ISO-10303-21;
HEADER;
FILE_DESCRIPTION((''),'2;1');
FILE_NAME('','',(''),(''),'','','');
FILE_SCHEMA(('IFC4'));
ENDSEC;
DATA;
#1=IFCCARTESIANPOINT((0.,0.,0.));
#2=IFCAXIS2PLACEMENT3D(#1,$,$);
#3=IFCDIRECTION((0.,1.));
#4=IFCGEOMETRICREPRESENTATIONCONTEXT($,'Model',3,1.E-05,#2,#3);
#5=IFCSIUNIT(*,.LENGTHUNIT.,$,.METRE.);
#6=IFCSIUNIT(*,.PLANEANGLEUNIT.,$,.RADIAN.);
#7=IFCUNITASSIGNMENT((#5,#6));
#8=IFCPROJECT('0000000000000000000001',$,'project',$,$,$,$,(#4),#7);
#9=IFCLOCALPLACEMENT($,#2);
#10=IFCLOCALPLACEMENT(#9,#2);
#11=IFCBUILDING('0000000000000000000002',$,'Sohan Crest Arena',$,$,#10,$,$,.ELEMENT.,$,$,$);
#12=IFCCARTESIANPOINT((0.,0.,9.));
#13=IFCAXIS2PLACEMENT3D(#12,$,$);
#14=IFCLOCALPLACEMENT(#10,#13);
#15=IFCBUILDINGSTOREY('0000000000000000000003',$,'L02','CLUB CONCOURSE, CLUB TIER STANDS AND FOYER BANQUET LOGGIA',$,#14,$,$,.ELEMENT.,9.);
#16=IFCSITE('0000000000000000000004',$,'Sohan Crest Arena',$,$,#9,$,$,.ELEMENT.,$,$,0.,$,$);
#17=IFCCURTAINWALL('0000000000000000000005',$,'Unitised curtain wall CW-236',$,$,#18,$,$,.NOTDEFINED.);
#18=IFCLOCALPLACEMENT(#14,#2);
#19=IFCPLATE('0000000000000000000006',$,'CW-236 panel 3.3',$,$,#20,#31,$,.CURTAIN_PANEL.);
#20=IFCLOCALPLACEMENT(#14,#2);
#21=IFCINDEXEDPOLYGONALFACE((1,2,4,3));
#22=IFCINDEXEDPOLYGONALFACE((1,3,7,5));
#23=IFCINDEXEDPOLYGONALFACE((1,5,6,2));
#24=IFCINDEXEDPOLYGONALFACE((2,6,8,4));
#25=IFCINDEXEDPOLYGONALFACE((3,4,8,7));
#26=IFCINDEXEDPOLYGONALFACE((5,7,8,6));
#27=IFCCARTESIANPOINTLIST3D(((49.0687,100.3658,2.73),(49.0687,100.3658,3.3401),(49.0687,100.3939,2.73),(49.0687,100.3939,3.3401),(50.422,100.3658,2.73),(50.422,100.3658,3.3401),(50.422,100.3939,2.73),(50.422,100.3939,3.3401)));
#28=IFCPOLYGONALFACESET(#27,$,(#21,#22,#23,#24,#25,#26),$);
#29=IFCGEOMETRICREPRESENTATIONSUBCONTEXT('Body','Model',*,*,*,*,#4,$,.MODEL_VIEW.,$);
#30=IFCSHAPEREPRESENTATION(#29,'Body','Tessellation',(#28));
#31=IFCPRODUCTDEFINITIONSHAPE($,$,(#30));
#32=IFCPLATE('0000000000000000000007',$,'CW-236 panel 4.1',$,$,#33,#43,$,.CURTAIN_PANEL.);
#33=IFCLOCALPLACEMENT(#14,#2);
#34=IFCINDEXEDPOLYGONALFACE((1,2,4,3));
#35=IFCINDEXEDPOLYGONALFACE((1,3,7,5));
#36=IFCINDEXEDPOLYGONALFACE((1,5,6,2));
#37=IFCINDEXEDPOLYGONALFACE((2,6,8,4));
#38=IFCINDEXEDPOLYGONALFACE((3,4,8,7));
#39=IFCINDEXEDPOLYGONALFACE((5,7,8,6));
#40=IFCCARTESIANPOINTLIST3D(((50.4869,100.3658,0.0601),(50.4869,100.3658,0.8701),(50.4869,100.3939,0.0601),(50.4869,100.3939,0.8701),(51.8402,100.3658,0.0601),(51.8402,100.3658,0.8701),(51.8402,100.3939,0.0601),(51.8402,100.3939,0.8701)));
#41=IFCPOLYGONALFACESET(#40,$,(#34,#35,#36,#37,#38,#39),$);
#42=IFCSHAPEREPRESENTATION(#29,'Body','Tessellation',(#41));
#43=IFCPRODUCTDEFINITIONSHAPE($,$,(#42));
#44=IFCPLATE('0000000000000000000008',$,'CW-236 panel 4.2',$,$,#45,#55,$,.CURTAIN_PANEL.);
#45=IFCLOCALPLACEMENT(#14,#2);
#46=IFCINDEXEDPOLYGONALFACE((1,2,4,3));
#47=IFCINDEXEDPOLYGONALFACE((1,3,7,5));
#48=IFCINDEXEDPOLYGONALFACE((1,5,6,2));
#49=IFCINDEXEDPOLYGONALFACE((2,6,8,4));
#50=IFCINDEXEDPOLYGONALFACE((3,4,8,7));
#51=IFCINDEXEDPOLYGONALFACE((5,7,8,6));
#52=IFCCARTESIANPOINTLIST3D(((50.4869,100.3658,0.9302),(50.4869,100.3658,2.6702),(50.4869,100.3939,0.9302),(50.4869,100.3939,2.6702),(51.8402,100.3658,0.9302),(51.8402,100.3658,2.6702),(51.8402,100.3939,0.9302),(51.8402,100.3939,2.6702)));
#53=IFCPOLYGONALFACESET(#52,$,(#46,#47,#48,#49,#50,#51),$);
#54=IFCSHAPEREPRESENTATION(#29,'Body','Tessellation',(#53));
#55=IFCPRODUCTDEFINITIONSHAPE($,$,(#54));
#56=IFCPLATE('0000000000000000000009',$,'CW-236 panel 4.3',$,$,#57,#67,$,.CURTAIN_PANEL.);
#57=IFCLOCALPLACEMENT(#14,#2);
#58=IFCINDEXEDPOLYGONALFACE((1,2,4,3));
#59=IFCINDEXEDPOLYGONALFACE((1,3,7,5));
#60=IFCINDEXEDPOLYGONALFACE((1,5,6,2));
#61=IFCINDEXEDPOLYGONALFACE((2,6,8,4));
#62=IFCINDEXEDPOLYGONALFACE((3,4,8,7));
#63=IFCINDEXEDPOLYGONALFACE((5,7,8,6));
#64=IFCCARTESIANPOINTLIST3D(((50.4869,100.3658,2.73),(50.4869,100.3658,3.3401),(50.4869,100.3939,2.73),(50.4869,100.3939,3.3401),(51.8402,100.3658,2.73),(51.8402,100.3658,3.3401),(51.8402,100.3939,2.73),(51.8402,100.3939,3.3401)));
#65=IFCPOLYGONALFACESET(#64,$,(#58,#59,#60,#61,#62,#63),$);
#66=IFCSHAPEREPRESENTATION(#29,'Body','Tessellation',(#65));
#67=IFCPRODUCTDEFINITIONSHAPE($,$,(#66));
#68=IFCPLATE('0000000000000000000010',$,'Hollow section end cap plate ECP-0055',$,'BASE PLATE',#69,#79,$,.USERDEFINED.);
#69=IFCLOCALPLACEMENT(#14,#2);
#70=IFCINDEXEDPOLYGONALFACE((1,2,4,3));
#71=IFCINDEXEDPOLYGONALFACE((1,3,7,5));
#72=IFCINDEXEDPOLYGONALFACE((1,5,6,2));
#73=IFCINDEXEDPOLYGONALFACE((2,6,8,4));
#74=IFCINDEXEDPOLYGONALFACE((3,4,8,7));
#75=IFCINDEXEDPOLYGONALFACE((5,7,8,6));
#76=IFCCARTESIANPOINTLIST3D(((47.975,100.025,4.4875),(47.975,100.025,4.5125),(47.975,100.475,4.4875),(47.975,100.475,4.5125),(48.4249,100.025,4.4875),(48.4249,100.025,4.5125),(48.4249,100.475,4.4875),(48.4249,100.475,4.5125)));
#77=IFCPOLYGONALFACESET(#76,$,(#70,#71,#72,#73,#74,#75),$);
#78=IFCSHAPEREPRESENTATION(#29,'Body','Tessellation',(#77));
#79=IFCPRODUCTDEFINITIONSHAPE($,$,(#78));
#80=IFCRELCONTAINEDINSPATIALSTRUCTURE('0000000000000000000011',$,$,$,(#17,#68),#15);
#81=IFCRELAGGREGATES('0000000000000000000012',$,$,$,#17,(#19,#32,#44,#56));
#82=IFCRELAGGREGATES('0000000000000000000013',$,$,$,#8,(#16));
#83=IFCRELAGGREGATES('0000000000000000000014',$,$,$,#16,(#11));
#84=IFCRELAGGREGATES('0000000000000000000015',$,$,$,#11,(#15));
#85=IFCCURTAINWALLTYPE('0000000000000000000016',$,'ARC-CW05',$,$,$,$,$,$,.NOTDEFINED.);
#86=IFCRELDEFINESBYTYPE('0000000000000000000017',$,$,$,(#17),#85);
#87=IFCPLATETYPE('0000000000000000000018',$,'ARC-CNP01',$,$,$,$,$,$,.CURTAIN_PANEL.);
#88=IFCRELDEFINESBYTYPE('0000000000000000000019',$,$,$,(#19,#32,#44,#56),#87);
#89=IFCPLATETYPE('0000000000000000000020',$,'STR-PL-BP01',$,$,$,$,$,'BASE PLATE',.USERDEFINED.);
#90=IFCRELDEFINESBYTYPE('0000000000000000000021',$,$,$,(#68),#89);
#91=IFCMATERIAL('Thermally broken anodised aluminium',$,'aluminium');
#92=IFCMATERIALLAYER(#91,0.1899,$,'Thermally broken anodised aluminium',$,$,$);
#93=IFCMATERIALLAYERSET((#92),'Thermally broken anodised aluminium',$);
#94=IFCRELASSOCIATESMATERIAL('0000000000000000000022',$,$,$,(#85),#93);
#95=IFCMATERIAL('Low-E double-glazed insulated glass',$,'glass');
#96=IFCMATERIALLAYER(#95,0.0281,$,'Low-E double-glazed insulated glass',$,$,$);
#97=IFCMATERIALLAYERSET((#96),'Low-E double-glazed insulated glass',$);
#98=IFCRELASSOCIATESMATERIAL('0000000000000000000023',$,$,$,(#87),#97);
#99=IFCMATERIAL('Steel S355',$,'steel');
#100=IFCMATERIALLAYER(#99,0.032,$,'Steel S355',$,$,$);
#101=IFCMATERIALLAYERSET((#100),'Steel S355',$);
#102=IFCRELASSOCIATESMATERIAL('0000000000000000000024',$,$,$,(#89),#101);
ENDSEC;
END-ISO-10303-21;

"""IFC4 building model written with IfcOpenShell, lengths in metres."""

from ifc_helpers import new_model, si_unit, direction, frame, origin, origin_2d, place, context, subcontext, project, spatial, rectangle, extrude, material, layer, layer_set, type_object, element, aggregate, save


model = new_model("IFC4")

# Units and contexts
model_context = context("Model", 3, precision=1e-05, world=origin(), true_north=direction((0.0, 1.0)))
body_context = subcontext(model_context, "Body", "Model", "MODEL_VIEW")
ifc_project = project(units=[si_unit("LENGTHUNIT", "METRE"), si_unit("PLANEANGLEUNIT", "RADIAN")], contexts=[model_context])

# Site, building, storey
site_placement = place(None, origin())
site = spatial("IfcSite", under=ifc_project, at=site_placement, Name="Sohan Crest Arena", CompositionType="ELEMENT", RefElevation=0.0)
building_placement = place(site_placement, origin())
building = spatial("IfcBuilding", under=site, at=building_placement, Name="Sohan Crest Arena", CompositionType="ELEMENT")
storey_placement = place(building_placement, frame((0.0, 0.0, 9.0)))
storey = spatial("IfcBuildingStorey", under=building, at=storey_placement, Name="L02", Description="CLUB CONCOURSE, CLUB TIER STANDS AND FOYER BANQUET LOGGIA", CompositionType="ELEMENT", Elevation=9.0)

# Shared definitions
ifc_material_1 = material(Name="Thermally broken anodised aluminium", Category="aluminium")

# Curtain wall, plates
ifc_layer_1 = layer(ifc_material_1, 0.1899, Name="Thermally broken anodised aluminium")
ifc_layer_set_1 = layer_set([ifc_layer_1], Name="Thermally broken anodised aluminium")
curtain_wall_type_1 = type_object("IfcCurtainWallType", Name="ARC-CW05", PredefinedType="NOTDEFINED", material=ifc_layer_set_1)
curtain_wall_1_placement = place(storey_placement, origin())
curtain_wall_1 = element("IfcCurtainWall", 1, at=curtain_wall_1_placement, inside=storey, type_object=curtain_wall_type_1, Name="Unitised curtain wall CW-236", PredefinedType="NOTDEFINED")
ifc_material_2 = material(Name="Low-E double-glazed insulated glass", Category="glass")
ifc_layer_2 = layer(ifc_material_2, 0.0281, Name="Low-E double-glazed insulated glass")
ifc_layer_set_2 = layer_set([ifc_layer_2], Name="Low-E double-glazed insulated glass")
plate_type_1 = type_object("IfcPlateType", Name="ARC-CNP01", PredefinedType="CURTAIN_PANEL", material=ifc_layer_set_2)
plate_1_placement = place(storey_placement, frame((49.7454, 100.3799, 2.73), z_axis=(0.0, 0.0, 1.0), x_axis=(1.0, 0.0, 0.0)))
plate_1 = element("IfcPlate", 2, at=plate_1_placement, type_object=plate_type_1, Name="CW-236 panel 3.3", PredefinedType="CURTAIN_PANEL", context=body_context, shape_type="SweptSolid", body=[
    extrude(rectangle(XDim=1.3533, YDim=0.0281, at=origin_2d()), origin(), (0.0, 0.0, 1.0), 0.6101),
])
plate_2_placement = place(storey_placement, frame((51.1636, 100.3799, 0.0601), z_axis=(0.0, 0.0, 1.0), x_axis=(1.0, 0.0, 0.0)))
plate_2 = element("IfcPlate", 3, at=plate_2_placement, type_object=plate_type_1, Name="CW-236 panel 4.1", PredefinedType="CURTAIN_PANEL", context=body_context, shape_type="SweptSolid", body=[
    extrude(rectangle(XDim=1.3533, YDim=0.0281, at=origin_2d()), origin(), (0.0, 0.0, 1.0), 0.8101),
])
plate_3_placement = place(storey_placement, frame((51.1636, 100.3799, 0.9302), z_axis=(0.0, 0.0, 1.0), x_axis=(1.0, 0.0, 0.0)))
plate_3 = element("IfcPlate", 4, at=plate_3_placement, type_object=plate_type_1, Name="CW-236 panel 4.2", PredefinedType="CURTAIN_PANEL", context=body_context, shape_type="SweptSolid", body=[
    extrude(rectangle(XDim=1.3533, YDim=0.0281, at=origin_2d()), origin(), (0.0, 0.0, 1.0), 1.74),
])
plate_4_placement = place(storey_placement, frame((51.1636, 100.3799, 2.73), z_axis=(0.0, 0.0, 1.0), x_axis=(1.0, 0.0, 0.0)))
plate_4 = element("IfcPlate", 5, at=plate_4_placement, type_object=plate_type_1, Name="CW-236 panel 4.3", PredefinedType="CURTAIN_PANEL", context=body_context, shape_type="SweptSolid", body=[
    extrude(rectangle(XDim=1.3533, YDim=0.0281, at=origin_2d()), origin(), (0.0, 0.0, 1.0), 0.6101),
])
aggregate(curtain_wall_1, [plate_1, plate_2, plate_3, plate_4])

# Plate
ifc_material_3 = material(Name="Steel S355", Category="steel")
ifc_layer_3 = layer(ifc_material_3, 0.032, Name="Steel S355")
ifc_layer_set_3 = layer_set([ifc_layer_3], Name="Steel S355")
plate_type_2 = type_object("IfcPlateType", Name="STR-PL-BP01", ElementType="BASE PLATE", PredefinedType="USERDEFINED", material=ifc_layer_set_3)
plate_5_placement = place(storey_placement, frame((48.2, 100.25, 4.4875), z_axis=(0.0, 0.0, 1.0), x_axis=(1.0, 0.0, 0.0)))
element("IfcPlate", 6, at=plate_5_placement, inside=storey, type_object=plate_type_2, Name="Hollow section end cap plate ECP-0055", ObjectType="BASE PLATE", PredefinedType="USERDEFINED", context=body_context, shape_type="SweptSolid", body=[
    extrude(rectangle(XDim=0.45, YDim=0.45, at=origin_2d()), origin(), (0.0, 0.0, 1.0), 0.0249),
])

save(model, "model.ifc")
